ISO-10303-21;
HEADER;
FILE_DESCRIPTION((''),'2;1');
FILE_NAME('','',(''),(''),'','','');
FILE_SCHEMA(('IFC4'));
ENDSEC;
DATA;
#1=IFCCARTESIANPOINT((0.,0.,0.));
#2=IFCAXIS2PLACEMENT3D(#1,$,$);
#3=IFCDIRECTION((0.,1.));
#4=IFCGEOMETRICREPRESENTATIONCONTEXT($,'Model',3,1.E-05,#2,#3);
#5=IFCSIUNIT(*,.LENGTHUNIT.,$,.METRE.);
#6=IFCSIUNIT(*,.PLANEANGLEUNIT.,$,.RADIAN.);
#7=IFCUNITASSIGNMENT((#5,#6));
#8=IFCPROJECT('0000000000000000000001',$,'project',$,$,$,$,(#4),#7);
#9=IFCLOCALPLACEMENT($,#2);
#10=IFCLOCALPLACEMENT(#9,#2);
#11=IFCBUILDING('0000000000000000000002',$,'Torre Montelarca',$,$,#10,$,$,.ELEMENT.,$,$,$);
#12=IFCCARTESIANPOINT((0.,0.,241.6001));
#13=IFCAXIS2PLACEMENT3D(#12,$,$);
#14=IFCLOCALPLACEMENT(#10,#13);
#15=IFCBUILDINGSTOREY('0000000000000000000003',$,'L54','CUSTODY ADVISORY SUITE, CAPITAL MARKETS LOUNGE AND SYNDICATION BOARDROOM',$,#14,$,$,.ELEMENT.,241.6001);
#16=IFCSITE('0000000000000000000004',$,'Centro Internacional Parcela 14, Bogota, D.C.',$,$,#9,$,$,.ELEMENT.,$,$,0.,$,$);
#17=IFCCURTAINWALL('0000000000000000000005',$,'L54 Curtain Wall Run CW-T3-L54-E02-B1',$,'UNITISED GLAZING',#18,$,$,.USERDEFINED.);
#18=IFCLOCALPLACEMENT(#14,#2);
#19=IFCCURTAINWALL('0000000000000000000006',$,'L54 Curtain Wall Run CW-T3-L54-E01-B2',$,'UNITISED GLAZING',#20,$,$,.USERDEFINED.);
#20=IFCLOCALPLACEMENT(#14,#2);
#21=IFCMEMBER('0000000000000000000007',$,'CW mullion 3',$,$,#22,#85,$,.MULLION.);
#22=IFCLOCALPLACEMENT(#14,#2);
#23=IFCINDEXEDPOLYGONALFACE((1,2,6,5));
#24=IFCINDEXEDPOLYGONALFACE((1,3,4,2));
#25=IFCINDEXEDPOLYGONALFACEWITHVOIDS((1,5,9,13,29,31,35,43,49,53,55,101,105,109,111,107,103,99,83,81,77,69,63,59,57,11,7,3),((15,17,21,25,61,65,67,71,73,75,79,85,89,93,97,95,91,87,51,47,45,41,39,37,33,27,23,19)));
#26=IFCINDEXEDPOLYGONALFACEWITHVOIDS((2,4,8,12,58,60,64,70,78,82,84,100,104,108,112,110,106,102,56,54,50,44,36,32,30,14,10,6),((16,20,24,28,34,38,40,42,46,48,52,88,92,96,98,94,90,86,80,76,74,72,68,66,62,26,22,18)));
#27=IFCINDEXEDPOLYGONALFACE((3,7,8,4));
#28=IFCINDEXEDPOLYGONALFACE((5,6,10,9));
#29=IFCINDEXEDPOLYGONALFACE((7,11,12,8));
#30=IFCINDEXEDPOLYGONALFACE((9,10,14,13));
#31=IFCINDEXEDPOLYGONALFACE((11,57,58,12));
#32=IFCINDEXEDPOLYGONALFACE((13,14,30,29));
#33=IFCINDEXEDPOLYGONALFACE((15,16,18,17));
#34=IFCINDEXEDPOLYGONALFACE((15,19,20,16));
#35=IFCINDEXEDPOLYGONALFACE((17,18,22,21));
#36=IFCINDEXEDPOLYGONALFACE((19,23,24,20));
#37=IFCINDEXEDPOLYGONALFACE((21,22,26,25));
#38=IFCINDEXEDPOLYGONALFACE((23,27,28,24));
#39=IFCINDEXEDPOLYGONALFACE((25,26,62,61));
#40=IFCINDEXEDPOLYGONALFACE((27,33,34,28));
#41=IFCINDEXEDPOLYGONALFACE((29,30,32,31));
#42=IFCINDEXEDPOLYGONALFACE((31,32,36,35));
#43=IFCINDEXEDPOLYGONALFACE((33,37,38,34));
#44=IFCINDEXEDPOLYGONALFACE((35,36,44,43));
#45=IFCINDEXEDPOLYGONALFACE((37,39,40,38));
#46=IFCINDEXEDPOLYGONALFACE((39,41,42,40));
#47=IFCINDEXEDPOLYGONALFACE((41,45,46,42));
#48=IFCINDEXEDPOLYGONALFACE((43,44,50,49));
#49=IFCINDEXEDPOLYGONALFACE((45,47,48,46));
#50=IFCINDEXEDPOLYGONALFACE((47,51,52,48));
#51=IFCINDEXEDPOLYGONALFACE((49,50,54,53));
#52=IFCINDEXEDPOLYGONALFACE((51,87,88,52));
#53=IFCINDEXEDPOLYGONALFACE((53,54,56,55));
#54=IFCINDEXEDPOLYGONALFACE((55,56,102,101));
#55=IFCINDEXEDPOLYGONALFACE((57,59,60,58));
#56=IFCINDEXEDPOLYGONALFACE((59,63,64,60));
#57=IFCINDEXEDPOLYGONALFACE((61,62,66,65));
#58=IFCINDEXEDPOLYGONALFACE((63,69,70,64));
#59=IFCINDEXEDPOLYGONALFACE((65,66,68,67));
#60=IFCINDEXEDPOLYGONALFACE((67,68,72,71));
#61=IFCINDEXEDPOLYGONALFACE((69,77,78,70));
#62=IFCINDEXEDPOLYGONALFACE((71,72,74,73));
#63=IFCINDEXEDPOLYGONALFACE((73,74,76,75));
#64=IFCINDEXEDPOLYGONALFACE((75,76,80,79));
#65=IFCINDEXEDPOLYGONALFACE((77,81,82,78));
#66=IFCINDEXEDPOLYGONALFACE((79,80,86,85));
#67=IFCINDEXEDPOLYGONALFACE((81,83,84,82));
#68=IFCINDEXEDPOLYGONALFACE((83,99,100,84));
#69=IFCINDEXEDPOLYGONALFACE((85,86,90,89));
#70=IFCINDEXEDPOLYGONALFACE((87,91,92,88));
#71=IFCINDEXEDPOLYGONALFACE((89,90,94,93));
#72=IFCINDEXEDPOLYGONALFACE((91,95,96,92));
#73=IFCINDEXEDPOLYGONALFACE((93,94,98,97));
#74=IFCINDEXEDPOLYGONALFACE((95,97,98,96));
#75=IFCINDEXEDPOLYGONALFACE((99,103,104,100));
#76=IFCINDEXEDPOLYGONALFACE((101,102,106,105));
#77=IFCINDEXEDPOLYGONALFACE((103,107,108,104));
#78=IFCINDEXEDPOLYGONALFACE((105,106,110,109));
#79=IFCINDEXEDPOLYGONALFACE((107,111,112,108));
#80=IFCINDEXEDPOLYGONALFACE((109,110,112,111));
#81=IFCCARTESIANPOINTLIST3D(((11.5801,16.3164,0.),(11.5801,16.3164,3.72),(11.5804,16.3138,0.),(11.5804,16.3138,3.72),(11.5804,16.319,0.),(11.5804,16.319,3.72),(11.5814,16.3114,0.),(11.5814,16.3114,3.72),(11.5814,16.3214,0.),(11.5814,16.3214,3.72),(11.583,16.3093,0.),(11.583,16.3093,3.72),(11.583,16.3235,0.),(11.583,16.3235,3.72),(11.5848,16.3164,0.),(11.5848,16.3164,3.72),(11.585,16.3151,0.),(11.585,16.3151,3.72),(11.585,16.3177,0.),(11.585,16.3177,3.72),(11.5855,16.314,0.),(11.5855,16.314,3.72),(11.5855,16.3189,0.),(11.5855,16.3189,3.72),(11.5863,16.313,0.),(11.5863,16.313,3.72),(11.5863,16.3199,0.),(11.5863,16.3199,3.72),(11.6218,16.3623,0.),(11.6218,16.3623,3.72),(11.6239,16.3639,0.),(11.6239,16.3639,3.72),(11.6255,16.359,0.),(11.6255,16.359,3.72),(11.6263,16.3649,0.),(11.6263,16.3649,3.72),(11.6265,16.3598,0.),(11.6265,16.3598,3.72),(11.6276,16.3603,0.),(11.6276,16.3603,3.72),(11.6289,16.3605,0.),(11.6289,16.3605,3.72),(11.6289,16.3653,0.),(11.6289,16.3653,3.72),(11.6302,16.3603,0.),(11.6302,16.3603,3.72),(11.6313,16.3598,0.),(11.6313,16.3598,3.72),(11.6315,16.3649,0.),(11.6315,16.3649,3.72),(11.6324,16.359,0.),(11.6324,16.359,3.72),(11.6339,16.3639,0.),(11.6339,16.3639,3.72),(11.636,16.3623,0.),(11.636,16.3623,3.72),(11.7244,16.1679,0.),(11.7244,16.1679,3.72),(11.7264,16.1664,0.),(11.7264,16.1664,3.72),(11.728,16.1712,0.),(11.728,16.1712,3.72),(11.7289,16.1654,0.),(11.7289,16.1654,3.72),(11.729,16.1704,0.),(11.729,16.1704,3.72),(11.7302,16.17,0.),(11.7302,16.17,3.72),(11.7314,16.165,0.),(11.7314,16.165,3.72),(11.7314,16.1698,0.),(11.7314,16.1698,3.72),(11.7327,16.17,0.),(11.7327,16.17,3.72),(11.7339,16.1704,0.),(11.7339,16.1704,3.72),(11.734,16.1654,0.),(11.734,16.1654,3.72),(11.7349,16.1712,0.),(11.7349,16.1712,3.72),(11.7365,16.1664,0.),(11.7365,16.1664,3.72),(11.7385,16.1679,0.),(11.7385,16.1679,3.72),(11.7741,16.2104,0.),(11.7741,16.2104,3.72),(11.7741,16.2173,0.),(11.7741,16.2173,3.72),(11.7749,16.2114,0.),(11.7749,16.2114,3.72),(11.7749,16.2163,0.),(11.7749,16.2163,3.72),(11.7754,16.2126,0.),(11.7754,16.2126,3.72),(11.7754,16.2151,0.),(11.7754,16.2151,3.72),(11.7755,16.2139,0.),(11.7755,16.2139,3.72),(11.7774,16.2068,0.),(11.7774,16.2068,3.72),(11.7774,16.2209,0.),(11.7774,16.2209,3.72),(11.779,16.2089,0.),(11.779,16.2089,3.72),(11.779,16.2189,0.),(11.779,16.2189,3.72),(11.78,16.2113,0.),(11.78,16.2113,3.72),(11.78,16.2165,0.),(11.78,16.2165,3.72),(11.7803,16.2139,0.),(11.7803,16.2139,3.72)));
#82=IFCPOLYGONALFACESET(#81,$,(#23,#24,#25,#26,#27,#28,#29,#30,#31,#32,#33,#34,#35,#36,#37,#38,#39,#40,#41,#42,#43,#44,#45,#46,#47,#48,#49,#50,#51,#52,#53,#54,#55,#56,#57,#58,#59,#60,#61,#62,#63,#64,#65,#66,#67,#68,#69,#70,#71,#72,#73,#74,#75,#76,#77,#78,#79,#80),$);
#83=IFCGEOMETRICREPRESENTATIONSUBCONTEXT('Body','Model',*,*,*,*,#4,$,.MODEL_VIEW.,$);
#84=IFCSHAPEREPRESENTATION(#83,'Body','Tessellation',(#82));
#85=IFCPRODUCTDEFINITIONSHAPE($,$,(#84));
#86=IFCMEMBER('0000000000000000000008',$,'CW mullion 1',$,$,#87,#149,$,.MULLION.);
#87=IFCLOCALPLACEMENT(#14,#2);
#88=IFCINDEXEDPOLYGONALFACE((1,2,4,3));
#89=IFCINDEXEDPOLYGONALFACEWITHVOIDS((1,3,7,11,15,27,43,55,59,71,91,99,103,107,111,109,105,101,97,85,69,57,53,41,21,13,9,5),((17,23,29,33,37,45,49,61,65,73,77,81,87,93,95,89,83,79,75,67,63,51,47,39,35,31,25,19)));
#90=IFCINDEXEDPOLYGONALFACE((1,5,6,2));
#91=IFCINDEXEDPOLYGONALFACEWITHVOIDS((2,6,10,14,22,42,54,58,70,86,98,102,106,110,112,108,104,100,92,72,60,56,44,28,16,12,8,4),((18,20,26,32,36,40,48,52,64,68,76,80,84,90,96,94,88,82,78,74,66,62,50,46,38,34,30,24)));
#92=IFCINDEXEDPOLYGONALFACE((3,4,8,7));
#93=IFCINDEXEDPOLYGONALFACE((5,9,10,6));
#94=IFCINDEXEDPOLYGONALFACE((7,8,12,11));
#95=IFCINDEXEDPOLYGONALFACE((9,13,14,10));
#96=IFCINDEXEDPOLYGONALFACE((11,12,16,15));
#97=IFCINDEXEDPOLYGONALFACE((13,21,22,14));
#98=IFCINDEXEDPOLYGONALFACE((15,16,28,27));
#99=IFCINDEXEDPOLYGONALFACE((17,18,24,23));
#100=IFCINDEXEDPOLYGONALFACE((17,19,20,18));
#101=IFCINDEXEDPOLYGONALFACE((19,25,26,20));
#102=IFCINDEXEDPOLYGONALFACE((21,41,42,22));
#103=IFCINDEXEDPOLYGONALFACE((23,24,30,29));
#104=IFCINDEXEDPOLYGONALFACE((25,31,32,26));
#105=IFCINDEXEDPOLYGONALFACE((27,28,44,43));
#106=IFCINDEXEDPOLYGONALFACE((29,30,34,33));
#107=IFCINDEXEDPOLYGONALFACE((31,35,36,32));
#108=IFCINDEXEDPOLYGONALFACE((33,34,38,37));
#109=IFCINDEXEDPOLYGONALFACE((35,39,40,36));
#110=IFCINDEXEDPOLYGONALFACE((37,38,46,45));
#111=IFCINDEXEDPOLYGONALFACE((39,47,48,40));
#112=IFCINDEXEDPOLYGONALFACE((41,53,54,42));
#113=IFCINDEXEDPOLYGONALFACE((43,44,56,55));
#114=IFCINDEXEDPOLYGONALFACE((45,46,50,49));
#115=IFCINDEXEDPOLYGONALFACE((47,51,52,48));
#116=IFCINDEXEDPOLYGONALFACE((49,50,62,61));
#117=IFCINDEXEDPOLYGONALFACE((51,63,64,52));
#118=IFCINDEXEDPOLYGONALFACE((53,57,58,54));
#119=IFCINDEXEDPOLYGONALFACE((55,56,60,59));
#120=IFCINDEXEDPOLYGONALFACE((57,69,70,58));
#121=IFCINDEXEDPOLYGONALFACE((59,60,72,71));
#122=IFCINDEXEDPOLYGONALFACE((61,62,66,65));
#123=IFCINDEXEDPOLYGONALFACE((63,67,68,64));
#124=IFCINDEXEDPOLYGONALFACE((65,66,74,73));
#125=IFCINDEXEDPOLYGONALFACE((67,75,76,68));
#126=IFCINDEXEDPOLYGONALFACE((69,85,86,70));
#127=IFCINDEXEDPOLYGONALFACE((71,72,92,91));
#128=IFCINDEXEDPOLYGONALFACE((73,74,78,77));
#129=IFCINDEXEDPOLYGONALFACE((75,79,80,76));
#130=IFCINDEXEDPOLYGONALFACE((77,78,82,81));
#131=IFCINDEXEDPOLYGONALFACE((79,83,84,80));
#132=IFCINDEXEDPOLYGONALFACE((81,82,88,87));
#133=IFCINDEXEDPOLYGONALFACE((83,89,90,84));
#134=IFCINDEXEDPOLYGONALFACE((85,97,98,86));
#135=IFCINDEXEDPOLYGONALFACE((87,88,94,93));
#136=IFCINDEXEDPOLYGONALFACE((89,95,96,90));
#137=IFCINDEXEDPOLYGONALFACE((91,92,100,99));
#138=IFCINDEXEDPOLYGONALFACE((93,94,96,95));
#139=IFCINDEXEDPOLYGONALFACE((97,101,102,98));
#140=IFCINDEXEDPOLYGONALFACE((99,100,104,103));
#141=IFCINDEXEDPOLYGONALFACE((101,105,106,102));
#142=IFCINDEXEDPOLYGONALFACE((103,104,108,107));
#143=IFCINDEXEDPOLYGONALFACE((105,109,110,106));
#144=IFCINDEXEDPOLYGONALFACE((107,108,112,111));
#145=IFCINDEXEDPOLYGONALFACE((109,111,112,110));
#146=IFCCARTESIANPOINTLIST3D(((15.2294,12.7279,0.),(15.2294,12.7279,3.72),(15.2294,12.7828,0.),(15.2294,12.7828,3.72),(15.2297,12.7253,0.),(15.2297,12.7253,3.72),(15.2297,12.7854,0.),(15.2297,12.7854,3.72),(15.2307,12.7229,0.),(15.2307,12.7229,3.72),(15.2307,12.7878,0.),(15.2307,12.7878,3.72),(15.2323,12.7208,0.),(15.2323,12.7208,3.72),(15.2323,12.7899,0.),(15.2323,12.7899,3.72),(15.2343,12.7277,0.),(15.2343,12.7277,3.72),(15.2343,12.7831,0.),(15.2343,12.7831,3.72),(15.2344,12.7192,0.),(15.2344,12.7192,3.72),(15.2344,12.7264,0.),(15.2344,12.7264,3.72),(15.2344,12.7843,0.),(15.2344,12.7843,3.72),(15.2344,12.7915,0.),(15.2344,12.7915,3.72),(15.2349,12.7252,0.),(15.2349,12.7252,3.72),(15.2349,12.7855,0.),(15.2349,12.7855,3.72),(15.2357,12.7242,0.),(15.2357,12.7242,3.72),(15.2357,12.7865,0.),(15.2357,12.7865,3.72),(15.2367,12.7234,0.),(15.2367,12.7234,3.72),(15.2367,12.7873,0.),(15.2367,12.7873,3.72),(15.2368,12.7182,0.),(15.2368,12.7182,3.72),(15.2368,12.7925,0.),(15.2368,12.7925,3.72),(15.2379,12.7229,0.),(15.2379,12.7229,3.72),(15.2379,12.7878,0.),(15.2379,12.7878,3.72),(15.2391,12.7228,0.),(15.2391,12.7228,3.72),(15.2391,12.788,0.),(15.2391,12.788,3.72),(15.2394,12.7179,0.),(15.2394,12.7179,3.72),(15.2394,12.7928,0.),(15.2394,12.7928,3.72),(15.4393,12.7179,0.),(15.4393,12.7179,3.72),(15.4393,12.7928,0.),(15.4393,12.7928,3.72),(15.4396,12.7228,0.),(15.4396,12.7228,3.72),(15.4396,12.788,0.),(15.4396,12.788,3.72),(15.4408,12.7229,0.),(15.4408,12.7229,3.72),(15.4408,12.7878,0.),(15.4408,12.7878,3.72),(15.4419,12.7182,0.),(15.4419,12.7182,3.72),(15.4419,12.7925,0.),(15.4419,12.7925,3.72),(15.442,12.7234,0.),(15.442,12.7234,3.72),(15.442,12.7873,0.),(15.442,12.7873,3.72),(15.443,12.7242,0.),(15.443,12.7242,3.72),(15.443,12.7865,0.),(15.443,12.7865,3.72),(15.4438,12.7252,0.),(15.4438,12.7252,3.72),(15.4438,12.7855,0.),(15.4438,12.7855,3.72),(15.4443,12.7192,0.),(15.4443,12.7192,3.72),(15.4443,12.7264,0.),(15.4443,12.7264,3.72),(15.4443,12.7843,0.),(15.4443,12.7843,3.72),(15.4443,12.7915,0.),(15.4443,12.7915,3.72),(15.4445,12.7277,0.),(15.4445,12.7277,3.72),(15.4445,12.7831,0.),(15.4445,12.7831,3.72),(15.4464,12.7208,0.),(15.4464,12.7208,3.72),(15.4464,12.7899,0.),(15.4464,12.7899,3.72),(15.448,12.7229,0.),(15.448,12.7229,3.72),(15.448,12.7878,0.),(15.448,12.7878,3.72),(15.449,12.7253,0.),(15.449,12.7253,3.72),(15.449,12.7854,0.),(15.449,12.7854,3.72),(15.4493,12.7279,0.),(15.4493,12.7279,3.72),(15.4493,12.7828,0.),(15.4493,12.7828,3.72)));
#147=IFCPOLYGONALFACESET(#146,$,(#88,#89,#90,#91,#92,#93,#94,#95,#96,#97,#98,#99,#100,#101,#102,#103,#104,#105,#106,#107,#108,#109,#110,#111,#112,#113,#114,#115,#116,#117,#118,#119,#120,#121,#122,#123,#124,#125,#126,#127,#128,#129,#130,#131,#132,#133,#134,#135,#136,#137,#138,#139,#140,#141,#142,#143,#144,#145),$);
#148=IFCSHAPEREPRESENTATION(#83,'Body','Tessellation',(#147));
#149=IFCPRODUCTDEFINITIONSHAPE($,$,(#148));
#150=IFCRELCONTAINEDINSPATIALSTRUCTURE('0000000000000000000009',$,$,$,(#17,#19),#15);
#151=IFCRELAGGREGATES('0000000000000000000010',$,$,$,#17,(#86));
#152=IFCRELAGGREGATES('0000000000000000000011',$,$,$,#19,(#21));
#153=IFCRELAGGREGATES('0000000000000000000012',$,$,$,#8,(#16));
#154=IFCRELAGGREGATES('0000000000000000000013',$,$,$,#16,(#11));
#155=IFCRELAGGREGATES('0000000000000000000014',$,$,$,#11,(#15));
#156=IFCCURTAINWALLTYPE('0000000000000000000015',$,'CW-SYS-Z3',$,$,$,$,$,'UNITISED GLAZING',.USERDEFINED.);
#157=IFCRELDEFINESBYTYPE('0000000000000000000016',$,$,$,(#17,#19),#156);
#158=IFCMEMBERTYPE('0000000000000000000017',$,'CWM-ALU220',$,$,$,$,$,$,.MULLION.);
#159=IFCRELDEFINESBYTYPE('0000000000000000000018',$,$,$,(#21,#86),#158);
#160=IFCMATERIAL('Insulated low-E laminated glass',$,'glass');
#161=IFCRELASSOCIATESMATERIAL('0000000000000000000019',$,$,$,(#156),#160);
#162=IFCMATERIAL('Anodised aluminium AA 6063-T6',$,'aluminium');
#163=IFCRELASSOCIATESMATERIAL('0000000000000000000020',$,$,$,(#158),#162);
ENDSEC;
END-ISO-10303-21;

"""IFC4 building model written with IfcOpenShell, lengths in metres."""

from ifc_helpers import new_model, si_unit, direction, frame, origin, origin_2d, place, context, subcontext, project, spatial, hollow_rectangle, extrude, source, transform, mapped, material, material_profile, profile_set, type_object, element, aggregate, save


model = new_model("IFC4")

# Units and contexts
model_context = context("Model", 3, precision=1e-05, world=origin(), true_north=direction((0.0, 1.0)))
body_context = subcontext(model_context, "Body", "Model", "MODEL_VIEW")
ifc_project = project(units=[si_unit("LENGTHUNIT", "METRE"), si_unit("PLANEANGLEUNIT", "RADIAN")], contexts=[model_context])

# Site, building, storey
site_placement = place(None, origin())
site = spatial("IfcSite", under=ifc_project, at=site_placement, Name="Centro Internacional Parcela 14, Bogota, D.C.", CompositionType="ELEMENT", RefElevation=0.0)
building_placement = place(site_placement, origin())
building = spatial("IfcBuilding", under=site, at=building_placement, Name="Torre Montelarca", CompositionType="ELEMENT")
storey_placement = place(building_placement, frame((0.0, 0.0, 241.6001)))
storey = spatial("IfcBuildingStorey", under=building, at=storey_placement, Name="L54", Description="CUSTODY ADVISORY SUITE, CAPITAL MARKETS LOUNGE AND SYNDICATION BOARDROOM", CompositionType="ELEMENT", Elevation=241.6001)

# Curtain walls, member
ifc_material_1 = material(Name="Insulated low-E laminated glass", Category="glass")
curtain_wall_type = type_object("IfcCurtainWallType", Name="CW-SYS-Z3", ElementType="UNITISED GLAZING", PredefinedType="USERDEFINED", material=ifc_material_1)
curtain_wall_1_placement = place(storey_placement, origin())
curtain_wall_1 = element("IfcCurtainWall", 1, at=curtain_wall_1_placement, inside=storey, type_object=curtain_wall_type, Name="L54 Curtain Wall Run CW-T3-L54-E02-B1", ObjectType="UNITISED GLAZING", PredefinedType="USERDEFINED")
ifc_material_2 = material(Name="Anodised aluminium AA 6063-T6", Category="aluminium")
curtain_wall_2_placement = place(storey_placement, origin())
curtain_wall_2 = element("IfcCurtainWall", 2, at=curtain_wall_2_placement, inside=storey, type_object=curtain_wall_type, Name="L54 Curtain Wall Run CW-T3-L54-E01-B2", ObjectType="UNITISED GLAZING", PredefinedType="USERDEFINED")
ifc_material_profile_1 = material_profile(ifc_material_2, hollow_rectangle(XDim=0.075, YDim=0.22, WallThickness=0.0049, InnerFilletRadius=0.0049, OuterFilletRadius=0.01, at=origin_2d()), Name="ALU75X220X5", Category="aluminium")
ifc_profile_set_1 = profile_set([ifc_material_profile_1], Name="Anodised aluminium AA 6063-T6")
member_type_1 = type_object("IfcMemberType", Name="CWM-ALU220", PredefinedType="MULLION", material=ifc_profile_set_1)
shared_shape_1 = source(origin(), body_context, "Body", "SweptSolid", [
    extrude(hollow_rectangle(XDim=0.075, YDim=0.22, WallThickness=0.0049, InnerFilletRadius=0.0049, OuterFilletRadius=0.01, at=origin_2d()), origin(), (0.0, 0.0, 1.0), 3.72),
])
member_1_placement = place(storey_placement, frame((11.6802, 16.2651, 0.0), z_axis=(0.0, 0.0, 1.0), x_axis=(0.707107, 0.707107, 0.0)))
member_1 = element("IfcMember", 3, at=member_1_placement, type_object=member_type_1, Name="CW mullion 3", PredefinedType="MULLION", context=body_context, shape_type="MappedRepresentation", body=[
    mapped(shared_shape_1, transform((0.0, 0.0, 0.0), scale=1.0)),
])

# Member
member_2_placement = place(storey_placement, frame((15.3394, 12.7554, 0.0), z_axis=(0.0, 0.0, 1.0), x_axis=(0.0, 1.0, 0.0)))
member_2 = element("IfcMember", 4, at=member_2_placement, type_object=member_type_1, Name="CW mullion 1", PredefinedType="MULLION", context=body_context, shape_type="MappedRepresentation", body=[
    mapped(shared_shape_1, transform((0.0, 0.0, 0.0), scale=1.0)),
])

aggregate(curtain_wall_1, [member_2])
aggregate(curtain_wall_2, [member_1])

save(model, "model.ifc")
